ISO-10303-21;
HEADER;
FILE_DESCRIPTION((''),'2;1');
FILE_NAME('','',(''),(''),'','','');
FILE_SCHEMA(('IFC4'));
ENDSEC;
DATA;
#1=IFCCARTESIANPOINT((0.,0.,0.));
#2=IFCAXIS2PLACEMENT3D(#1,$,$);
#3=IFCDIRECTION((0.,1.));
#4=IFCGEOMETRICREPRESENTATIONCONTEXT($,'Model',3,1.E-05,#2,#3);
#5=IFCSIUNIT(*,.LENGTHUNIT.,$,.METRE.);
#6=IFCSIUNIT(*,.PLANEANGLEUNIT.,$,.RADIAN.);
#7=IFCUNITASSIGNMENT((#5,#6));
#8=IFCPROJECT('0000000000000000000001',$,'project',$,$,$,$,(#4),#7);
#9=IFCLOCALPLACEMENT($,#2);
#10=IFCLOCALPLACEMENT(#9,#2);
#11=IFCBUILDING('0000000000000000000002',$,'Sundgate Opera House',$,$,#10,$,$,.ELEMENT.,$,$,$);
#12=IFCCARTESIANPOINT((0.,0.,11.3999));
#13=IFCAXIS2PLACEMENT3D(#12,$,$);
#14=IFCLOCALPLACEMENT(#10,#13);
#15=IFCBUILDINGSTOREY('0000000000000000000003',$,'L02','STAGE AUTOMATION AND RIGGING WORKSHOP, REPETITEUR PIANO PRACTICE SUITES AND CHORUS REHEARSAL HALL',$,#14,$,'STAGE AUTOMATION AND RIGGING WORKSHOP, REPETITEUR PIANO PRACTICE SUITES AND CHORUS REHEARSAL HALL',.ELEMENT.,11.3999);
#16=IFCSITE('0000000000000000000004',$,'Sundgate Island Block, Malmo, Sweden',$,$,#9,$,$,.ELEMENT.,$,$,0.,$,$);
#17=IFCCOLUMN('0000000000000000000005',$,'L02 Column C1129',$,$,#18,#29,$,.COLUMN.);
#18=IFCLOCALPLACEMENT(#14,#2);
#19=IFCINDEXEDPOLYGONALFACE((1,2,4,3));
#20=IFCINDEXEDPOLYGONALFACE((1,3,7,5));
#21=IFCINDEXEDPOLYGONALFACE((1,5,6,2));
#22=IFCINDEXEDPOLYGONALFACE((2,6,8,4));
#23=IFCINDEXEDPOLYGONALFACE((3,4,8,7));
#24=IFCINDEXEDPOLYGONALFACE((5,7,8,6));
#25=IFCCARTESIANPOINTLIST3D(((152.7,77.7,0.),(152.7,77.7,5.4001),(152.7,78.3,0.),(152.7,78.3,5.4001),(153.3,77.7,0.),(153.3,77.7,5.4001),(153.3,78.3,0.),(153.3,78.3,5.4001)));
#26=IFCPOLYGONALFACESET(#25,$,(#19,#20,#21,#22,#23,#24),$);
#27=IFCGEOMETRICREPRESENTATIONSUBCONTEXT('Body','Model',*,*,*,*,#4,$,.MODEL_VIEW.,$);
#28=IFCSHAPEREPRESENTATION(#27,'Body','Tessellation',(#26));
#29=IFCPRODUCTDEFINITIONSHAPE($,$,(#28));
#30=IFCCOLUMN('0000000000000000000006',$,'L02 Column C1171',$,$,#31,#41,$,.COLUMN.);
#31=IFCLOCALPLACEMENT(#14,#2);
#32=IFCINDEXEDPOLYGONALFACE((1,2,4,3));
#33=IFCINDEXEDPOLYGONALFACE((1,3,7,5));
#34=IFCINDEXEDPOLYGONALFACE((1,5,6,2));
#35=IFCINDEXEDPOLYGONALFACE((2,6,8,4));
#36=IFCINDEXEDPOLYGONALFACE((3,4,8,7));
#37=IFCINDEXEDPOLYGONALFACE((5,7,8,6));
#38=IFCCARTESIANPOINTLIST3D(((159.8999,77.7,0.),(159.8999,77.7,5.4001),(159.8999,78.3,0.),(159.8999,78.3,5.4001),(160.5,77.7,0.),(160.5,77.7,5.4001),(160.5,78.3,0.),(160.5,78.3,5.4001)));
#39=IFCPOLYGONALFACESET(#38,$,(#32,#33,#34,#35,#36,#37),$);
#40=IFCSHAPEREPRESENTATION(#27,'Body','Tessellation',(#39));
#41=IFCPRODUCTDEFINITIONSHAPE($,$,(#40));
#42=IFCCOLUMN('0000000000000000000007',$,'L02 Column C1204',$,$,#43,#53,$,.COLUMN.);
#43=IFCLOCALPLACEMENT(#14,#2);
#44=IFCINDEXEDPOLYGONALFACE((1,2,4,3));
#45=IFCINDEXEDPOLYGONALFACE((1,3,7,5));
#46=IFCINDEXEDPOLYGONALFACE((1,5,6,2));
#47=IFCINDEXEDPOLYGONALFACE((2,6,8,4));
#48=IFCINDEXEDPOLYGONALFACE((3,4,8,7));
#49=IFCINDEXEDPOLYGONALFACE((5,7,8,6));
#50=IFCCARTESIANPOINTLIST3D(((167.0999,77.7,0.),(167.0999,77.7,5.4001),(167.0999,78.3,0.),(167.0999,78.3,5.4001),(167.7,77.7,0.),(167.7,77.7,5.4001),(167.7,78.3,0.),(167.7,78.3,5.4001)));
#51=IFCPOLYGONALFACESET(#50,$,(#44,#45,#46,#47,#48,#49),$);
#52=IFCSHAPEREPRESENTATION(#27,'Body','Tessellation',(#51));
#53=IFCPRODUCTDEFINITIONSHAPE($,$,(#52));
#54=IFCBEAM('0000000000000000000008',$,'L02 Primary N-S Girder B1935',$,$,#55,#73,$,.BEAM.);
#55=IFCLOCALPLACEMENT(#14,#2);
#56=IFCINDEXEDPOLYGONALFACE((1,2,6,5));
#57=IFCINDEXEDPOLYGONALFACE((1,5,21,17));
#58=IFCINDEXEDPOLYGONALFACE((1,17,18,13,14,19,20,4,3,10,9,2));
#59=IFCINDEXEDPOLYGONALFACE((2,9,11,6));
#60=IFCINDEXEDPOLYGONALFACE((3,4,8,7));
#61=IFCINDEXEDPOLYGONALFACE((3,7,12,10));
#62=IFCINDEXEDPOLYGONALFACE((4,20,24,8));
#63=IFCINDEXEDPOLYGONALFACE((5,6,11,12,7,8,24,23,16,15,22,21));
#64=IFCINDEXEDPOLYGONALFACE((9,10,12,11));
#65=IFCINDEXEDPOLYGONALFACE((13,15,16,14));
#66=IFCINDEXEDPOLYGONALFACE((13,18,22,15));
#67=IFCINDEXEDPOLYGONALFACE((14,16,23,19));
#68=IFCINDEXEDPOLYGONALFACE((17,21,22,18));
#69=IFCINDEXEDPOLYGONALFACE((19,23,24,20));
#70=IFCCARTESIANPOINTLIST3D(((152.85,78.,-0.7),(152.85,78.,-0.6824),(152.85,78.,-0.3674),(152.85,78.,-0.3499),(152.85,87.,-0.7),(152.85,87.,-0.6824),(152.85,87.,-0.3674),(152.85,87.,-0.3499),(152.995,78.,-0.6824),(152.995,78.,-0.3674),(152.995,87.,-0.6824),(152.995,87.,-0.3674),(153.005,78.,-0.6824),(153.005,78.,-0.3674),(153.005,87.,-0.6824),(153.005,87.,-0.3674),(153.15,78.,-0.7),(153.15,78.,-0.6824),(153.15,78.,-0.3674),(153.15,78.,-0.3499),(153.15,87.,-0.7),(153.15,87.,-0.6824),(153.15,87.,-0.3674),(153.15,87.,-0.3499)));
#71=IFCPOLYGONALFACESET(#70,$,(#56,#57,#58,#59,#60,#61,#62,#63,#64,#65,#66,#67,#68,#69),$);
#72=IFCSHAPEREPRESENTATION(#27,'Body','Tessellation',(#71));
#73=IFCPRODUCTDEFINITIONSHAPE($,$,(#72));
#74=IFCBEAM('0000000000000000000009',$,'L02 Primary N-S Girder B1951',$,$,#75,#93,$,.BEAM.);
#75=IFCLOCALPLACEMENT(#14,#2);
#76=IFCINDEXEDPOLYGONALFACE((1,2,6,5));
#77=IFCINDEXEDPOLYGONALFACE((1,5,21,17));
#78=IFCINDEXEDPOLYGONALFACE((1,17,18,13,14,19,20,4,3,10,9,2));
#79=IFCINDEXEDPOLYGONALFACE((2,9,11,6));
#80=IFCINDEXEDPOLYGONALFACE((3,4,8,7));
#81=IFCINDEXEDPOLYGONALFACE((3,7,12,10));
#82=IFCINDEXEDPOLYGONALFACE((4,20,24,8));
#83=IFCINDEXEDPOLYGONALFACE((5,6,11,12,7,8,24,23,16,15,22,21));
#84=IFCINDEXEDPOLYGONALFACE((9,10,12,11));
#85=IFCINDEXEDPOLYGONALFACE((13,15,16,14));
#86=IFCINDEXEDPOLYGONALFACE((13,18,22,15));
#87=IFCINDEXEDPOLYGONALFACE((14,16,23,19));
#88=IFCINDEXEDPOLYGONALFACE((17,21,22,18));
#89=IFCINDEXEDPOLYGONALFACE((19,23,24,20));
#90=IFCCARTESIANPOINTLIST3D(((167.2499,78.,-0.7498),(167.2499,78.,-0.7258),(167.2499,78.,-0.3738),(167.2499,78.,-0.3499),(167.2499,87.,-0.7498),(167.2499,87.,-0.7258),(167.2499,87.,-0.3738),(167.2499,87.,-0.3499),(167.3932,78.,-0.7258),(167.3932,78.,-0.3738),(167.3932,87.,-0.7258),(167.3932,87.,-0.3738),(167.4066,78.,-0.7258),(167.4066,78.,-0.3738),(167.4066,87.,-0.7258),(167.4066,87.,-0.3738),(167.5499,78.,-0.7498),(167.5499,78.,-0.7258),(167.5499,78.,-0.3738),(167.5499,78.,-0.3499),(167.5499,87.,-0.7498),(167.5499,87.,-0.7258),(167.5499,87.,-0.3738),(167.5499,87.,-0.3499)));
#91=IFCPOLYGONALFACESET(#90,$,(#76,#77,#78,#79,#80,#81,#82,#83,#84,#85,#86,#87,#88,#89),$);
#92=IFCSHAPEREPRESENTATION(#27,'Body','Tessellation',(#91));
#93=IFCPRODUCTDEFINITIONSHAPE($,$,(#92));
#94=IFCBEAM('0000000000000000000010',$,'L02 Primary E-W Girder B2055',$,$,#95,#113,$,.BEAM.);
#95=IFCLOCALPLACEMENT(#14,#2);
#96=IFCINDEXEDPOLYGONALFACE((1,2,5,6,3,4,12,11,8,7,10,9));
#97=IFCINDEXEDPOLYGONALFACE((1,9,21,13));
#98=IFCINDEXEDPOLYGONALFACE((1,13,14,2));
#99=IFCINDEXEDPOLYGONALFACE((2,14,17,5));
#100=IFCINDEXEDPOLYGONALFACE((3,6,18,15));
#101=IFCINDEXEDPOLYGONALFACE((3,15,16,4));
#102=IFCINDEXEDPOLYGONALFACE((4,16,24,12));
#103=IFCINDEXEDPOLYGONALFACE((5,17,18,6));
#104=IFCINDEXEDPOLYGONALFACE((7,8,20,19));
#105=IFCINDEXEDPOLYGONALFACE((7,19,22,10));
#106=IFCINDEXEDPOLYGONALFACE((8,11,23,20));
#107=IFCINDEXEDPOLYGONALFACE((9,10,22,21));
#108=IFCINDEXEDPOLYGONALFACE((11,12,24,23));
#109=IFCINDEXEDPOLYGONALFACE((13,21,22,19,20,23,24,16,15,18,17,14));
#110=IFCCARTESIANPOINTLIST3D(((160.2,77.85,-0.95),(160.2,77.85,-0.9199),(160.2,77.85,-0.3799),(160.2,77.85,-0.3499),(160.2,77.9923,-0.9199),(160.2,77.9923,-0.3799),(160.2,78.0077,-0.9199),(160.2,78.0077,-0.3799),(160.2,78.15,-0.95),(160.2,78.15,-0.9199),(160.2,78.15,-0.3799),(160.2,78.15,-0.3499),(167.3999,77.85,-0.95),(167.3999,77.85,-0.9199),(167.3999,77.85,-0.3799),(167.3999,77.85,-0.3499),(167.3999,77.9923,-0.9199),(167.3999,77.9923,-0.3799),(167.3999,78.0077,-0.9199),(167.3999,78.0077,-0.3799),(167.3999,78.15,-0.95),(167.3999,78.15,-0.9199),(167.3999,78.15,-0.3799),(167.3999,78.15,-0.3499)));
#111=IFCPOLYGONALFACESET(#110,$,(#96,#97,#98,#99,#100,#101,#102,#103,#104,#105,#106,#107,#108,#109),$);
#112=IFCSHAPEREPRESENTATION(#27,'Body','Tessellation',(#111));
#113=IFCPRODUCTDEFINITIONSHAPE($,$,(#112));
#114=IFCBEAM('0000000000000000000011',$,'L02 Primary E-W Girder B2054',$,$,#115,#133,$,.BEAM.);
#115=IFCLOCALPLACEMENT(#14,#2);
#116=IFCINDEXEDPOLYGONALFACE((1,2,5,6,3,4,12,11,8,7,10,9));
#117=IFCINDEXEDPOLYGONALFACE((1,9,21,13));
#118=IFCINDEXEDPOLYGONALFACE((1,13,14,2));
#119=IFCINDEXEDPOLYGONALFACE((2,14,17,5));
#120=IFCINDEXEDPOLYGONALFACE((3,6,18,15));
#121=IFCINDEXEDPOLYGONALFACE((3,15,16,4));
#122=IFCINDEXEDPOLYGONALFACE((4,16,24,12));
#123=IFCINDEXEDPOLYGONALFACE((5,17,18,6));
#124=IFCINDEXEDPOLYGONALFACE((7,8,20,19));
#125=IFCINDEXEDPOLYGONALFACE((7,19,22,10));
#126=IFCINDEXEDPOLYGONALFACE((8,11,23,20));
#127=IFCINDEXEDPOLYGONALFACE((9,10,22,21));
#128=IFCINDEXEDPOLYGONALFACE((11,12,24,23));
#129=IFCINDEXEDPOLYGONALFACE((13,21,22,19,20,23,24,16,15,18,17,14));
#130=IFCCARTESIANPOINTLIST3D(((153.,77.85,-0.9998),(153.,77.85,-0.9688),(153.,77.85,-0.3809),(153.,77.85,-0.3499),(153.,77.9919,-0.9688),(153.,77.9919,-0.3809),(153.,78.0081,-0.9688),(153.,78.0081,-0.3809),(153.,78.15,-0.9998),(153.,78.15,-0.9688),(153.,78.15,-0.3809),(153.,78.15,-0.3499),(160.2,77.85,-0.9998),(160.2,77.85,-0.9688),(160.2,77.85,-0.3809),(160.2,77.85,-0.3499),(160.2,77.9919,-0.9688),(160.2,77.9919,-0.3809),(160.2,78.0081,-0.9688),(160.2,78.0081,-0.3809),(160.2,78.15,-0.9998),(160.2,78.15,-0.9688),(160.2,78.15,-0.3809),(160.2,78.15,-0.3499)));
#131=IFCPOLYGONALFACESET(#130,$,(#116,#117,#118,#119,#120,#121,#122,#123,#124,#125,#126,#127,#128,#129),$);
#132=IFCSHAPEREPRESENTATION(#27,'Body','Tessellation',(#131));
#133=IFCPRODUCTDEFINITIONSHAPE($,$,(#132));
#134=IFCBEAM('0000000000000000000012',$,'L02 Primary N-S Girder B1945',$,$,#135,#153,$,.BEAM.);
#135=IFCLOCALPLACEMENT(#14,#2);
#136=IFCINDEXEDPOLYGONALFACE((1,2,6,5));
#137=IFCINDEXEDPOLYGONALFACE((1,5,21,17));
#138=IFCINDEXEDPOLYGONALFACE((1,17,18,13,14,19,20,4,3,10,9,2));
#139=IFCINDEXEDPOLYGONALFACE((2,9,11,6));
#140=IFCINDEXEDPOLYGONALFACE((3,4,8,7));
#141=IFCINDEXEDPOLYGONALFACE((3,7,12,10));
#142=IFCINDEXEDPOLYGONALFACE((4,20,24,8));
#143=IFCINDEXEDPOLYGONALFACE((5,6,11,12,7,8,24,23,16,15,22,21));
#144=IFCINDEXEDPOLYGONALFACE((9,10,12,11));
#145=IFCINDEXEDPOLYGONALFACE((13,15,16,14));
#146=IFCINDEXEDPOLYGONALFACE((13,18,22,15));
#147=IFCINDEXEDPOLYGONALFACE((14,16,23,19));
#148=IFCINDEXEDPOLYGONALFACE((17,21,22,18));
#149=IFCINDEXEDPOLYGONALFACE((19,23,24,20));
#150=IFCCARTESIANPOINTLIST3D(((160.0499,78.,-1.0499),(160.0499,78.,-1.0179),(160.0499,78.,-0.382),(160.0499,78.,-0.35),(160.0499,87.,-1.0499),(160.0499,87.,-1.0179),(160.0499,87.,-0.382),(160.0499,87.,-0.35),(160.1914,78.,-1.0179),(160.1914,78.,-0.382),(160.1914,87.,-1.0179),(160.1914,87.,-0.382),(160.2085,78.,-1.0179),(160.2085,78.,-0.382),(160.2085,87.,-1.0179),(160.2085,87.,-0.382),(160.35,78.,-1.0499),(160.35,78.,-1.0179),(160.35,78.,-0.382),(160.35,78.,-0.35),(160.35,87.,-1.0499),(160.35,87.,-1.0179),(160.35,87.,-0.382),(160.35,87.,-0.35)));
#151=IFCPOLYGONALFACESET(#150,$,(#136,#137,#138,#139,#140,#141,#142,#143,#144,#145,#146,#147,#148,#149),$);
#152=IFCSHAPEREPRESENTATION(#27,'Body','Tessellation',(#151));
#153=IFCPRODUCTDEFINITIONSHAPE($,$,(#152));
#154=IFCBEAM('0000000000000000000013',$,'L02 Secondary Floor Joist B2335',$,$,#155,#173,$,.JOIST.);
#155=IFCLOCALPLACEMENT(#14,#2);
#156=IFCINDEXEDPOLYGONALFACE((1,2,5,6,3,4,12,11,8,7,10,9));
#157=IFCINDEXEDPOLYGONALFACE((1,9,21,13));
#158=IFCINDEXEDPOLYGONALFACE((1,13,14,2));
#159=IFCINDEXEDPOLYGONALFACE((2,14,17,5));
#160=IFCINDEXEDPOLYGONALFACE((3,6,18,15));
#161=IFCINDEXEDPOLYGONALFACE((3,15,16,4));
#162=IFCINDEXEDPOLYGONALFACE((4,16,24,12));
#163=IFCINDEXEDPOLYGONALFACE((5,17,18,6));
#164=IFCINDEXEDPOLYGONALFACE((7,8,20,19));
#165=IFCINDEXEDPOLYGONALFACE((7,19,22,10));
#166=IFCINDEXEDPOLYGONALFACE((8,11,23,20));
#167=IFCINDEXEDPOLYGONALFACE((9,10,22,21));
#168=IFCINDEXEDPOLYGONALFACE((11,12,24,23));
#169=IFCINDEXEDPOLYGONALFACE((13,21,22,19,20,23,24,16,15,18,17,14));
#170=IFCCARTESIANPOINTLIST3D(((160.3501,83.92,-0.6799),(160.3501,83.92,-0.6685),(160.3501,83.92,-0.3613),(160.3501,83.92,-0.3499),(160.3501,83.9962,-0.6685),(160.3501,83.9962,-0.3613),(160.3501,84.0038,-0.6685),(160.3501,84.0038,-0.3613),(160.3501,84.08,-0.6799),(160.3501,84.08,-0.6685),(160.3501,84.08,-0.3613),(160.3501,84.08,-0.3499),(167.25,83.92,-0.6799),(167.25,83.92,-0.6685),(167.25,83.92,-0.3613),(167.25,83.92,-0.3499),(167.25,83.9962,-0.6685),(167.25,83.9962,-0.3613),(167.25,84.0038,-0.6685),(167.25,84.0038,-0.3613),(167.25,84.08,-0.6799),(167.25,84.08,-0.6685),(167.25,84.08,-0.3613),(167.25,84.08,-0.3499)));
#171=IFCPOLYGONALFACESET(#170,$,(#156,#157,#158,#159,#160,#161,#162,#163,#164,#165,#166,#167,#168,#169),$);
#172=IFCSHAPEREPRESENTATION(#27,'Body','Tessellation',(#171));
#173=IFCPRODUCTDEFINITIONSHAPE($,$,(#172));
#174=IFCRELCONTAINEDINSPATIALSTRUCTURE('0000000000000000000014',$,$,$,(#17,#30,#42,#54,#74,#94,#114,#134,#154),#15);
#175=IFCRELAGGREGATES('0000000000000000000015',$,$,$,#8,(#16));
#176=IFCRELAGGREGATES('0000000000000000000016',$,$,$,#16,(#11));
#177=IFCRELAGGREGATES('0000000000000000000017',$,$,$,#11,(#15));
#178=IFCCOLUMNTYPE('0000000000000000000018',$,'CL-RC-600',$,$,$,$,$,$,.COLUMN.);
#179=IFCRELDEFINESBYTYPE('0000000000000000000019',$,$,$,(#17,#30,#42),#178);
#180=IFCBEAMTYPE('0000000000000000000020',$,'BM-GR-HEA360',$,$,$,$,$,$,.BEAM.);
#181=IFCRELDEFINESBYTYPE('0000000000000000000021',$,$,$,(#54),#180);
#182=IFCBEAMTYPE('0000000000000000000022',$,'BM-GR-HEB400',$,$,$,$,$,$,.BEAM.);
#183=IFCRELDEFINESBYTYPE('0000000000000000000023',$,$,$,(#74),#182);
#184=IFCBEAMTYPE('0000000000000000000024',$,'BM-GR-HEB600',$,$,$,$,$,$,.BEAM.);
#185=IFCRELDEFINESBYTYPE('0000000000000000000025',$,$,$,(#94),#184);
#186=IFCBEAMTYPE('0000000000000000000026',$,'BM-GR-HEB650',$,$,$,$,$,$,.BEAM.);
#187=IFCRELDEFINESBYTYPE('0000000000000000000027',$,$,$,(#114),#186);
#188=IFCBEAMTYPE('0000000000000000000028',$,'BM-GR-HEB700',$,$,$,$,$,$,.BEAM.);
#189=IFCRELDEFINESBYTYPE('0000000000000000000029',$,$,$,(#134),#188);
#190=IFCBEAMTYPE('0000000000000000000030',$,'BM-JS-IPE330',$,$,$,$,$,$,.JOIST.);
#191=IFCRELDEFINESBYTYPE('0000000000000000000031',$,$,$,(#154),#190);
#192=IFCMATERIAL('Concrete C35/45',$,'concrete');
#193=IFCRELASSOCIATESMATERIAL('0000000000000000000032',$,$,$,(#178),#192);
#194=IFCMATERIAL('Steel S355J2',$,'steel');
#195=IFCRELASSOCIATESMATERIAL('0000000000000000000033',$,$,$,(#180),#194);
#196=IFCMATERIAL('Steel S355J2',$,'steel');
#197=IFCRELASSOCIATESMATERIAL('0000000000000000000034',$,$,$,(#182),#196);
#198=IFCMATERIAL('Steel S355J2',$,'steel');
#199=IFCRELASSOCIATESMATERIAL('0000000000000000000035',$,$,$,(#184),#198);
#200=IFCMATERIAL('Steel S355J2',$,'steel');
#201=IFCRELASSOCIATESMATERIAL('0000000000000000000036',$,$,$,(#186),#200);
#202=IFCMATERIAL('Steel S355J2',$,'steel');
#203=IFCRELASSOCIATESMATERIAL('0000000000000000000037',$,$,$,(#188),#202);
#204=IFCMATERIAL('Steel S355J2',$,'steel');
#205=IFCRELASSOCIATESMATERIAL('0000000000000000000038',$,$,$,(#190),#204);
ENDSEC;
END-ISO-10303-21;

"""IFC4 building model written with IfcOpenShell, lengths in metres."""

from ifc_helpers import new_model, si_unit, direction, frame, origin, origin_2d, place, context, subcontext, project, spatial, rectangle, i_section, extrude, material, material_profile, profile_set, type_object, element, save


model = new_model("IFC4")

# Units and contexts
model_context = context("Model", 3, precision=1e-05, world=origin(), true_north=direction((0.0, 1.0)))
body_context = subcontext(model_context, "Body", "Model", "MODEL_VIEW")
ifc_project = project(units=[si_unit("LENGTHUNIT", "METRE"), si_unit("PLANEANGLEUNIT", "RADIAN")], contexts=[model_context])

# Site, building, storey
site_placement = place(None, origin())
site = spatial("IfcSite", under=ifc_project, at=site_placement, Name="Sundgate Island Block, Malmo, Sweden", CompositionType="ELEMENT", RefElevation=0.0)
building_placement = place(site_placement, origin())
building = spatial("IfcBuilding", under=site, at=building_placement, Name="Sundgate Opera House", CompositionType="ELEMENT")
storey_placement = place(building_placement, frame((0.0, 0.0, 11.3999)))
storey = spatial("IfcBuildingStorey", under=building, at=storey_placement, Name="L02", Description="STAGE AUTOMATION AND RIGGING WORKSHOP, REPETITEUR PIANO PRACTICE SUITES AND CHORUS REHEARSAL HALL", LongName="STAGE AUTOMATION AND RIGGING WORKSHOP, REPETITEUR PIANO PRACTICE SUITES AND CHORUS REHEARSAL HALL", CompositionType="ELEMENT", Elevation=11.3999)

# Columns
ifc_material_1 = material(Name="Concrete C35/45", Category="concrete")
ifc_material_profile_1 = material_profile(ifc_material_1, rectangle(XDim=0.6001, YDim=0.6001, at=origin_2d()), Name="RC 600x600")
ifc_profile_set_1 = profile_set([ifc_material_profile_1], Name="Concrete C35/45")
column_type = type_object("IfcColumnType", Name="CL-RC-600", PredefinedType="COLUMN", material=ifc_profile_set_1)
for number, where, z_axis, x_axis, name in (
    (1, (153.0, 78.0, 0.0), (0.0, 0.0, 1.0), (1.0, 0.0, 0.0), "L02 Column C1129"),
    (2, (160.2, 78.0, 0.0), (0.0, 0.0, 1.0), (1.0, 0.0, 0.0), "L02 Column C1171"),
    (3, (167.3999, 78.0, 0.0), (0.0, 0.0, 1.0), (1.0, 0.0, 0.0), "L02 Column C1204"),
):
    element("IfcColumn", number, at=place(storey_placement, frame(where, z_axis=z_axis, x_axis=x_axis)), inside=storey, type_object=column_type, Name=name, PredefinedType="COLUMN", context=body_context, shape_type="SweptSolid", body=[
        extrude(rectangle(XDim=0.6001, YDim=0.6001, at=origin_2d()), origin(), (0.0, 0.0, 1.0), 5.4001),
    ])

# Beams
ifc_material_2 = material(Name="Steel S355J2", Category="steel")
ifc_material_profile_2 = material_profile(ifc_material_2, i_section(OverallWidth=0.3, OverallDepth=0.3501, WebThickness=0.01, FlangeThickness=0.0176, at=origin_2d()), Name="HEA 360")
ifc_profile_set_2 = profile_set([ifc_material_profile_2], Name="Steel S355J2")
beam_type_1 = type_object("IfcBeamType", Name="BM-GR-HEA360", PredefinedType="BEAM", material=ifc_profile_set_2)
beam_1_placement = place(storey_placement, frame((153.0, 78.0, -0.5249), z_axis=(0.0, 1.0, 0.0), x_axis=(-1.0, 0.0, 0.0)))
element("IfcBeam", 4, at=beam_1_placement, inside=storey, type_object=beam_type_1, Name="L02 Primary N-S Girder B1935", PredefinedType="BEAM", context=body_context, shape_type="SweptSolid", body=[
    extrude(i_section(OverallWidth=0.3, OverallDepth=0.3501, WebThickness=0.01, FlangeThickness=0.0176, at=origin_2d()), origin(), (0.0, 0.0, 1.0), 9.0),
])
ifc_material_3 = material(Name="Steel S355J2", Category="steel")
ifc_material_profile_3 = material_profile(ifc_material_3, i_section(OverallWidth=0.3, OverallDepth=0.3999, WebThickness=0.0134, FlangeThickness=0.0239, at=origin_2d()), Name="HEB 400")
ifc_profile_set_3 = profile_set([ifc_material_profile_3], Name="Steel S355J2")
beam_type_2 = type_object("IfcBeamType", Name="BM-GR-HEB400", PredefinedType="BEAM", material=ifc_profile_set_3)
beam_2_placement = place(storey_placement, frame((167.3999, 78.0, -0.5498), z_axis=(0.0, 1.0, 0.0), x_axis=(-1.0, 0.0, 0.0)))
element("IfcBeam", 5, at=beam_2_placement, inside=storey, type_object=beam_type_2, Name="L02 Primary N-S Girder B1951", PredefinedType="BEAM", context=body_context, shape_type="SweptSolid", body=[
    extrude(i_section(OverallWidth=0.3, OverallDepth=0.3999, WebThickness=0.0134, FlangeThickness=0.0239, at=origin_2d()), origin(), (0.0, 0.0, 1.0), 9.0),
])
ifc_material_4 = material(Name="Steel S355J2", Category="steel")
ifc_material_profile_4 = material_profile(ifc_material_4, i_section(OverallWidth=0.3, OverallDepth=0.6001, WebThickness=0.0154, FlangeThickness=0.03, at=origin_2d()), Name="HEB 600")
ifc_profile_set_4 = profile_set([ifc_material_profile_4], Name="Steel S355J2")
beam_type_3 = type_object("IfcBeamType", Name="BM-GR-HEB600", PredefinedType="BEAM", material=ifc_profile_set_4)
beam_3_placement = place(storey_placement, frame((160.2, 78.0, -0.6499), z_axis=(1.0, 0.0, 0.0), x_axis=(0.0, 1.0, 0.0)))
element("IfcBeam", 6, at=beam_3_placement, inside=storey, type_object=beam_type_3, Name="L02 Primary E-W Girder B2055", PredefinedType="BEAM", context=body_context, shape_type="SweptSolid", body=[
    extrude(i_section(OverallWidth=0.3, OverallDepth=0.6001, WebThickness=0.0154, FlangeThickness=0.03, at=origin_2d()), origin(), (0.0, 0.0, 1.0), 7.2),
])
ifc_material_5 = material(Name="Steel S355J2", Category="steel")
ifc_material_profile_5 = material_profile(ifc_material_5, i_section(OverallWidth=0.3, OverallDepth=0.6499, WebThickness=0.0161, FlangeThickness=0.031, at=origin_2d()), Name="HEB 650")
ifc_profile_set_5 = profile_set([ifc_material_profile_5], Name="Steel S355J2")
beam_type_4 = type_object("IfcBeamType", Name="BM-GR-HEB650", PredefinedType="BEAM", material=ifc_profile_set_5)
beam_4_placement = place(storey_placement, frame((153.0, 78.0, -0.6748), z_axis=(1.0, 0.0, 0.0), x_axis=(0.0, 1.0, 0.0)))
element("IfcBeam", 7, at=beam_4_placement, inside=storey, type_object=beam_type_4, Name="L02 Primary E-W Girder B2054", PredefinedType="BEAM", context=body_context, shape_type="SweptSolid", body=[
    extrude(i_section(OverallWidth=0.3, OverallDepth=0.6499, WebThickness=0.0161, FlangeThickness=0.031, at=origin_2d()), origin(), (0.0, 0.0, 1.0), 7.2),
])
ifc_material_6 = material(Name="Steel S355J2", Category="steel")
ifc_material_profile_6 = material_profile(ifc_material_6, i_section(OverallWidth=0.3, OverallDepth=0.7, WebThickness=0.0171, FlangeThickness=0.032, at=origin_2d()), Name="HEB 700")
ifc_profile_set_6 = profile_set([ifc_material_profile_6], Name="Steel S355J2")
beam_type_5 = type_object("IfcBeamType", Name="BM-GR-HEB700", PredefinedType="BEAM", material=ifc_profile_set_6)
beam_5_placement = place(storey_placement, frame((160.2, 78.0, -0.7), z_axis=(0.0, 1.0, 0.0), x_axis=(-1.0, 0.0, 0.0)))
element("IfcBeam", 8, at=beam_5_placement, inside=storey, type_object=beam_type_5, Name="L02 Primary N-S Girder B1945", PredefinedType="BEAM", context=body_context, shape_type="SweptSolid", body=[
    extrude(i_section(OverallWidth=0.3, OverallDepth=0.7, WebThickness=0.0171, FlangeThickness=0.032, at=origin_2d()), origin(), (0.0, 0.0, 1.0), 9.0),
])
ifc_material_7 = material(Name="Steel S355J2", Category="steel")
ifc_material_profile_7 = material_profile(ifc_material_7, i_section(OverallWidth=0.1599, OverallDepth=0.3301, WebThickness=0.0076, FlangeThickness=0.0115, at=origin_2d()), Name="IPE 330")
ifc_profile_set_7 = profile_set([ifc_material_profile_7], Name="Steel S355J2")
beam_type_6 = type_object("IfcBeamType", Name="BM-JS-IPE330", PredefinedType="JOIST", material=ifc_profile_set_7)
beam_6_placement = place(storey_placement, frame((160.3501, 84.0, -0.5149), z_axis=(1.0, 0.0, 0.0), x_axis=(0.0, 1.0, 0.0)))
element("IfcBeam", 9, at=beam_6_placement, inside=storey, type_object=beam_type_6, Name="L02 Secondary Floor Joist B2335", PredefinedType="JOIST", context=body_context, shape_type="SweptSolid", body=[
    extrude(i_section(OverallWidth=0.1599, OverallDepth=0.3301, WebThickness=0.0076, FlangeThickness=0.0115, at=origin_2d()), origin(), (0.0, 0.0, 1.0), 6.8999),
])

save(model, "model.ifc")
